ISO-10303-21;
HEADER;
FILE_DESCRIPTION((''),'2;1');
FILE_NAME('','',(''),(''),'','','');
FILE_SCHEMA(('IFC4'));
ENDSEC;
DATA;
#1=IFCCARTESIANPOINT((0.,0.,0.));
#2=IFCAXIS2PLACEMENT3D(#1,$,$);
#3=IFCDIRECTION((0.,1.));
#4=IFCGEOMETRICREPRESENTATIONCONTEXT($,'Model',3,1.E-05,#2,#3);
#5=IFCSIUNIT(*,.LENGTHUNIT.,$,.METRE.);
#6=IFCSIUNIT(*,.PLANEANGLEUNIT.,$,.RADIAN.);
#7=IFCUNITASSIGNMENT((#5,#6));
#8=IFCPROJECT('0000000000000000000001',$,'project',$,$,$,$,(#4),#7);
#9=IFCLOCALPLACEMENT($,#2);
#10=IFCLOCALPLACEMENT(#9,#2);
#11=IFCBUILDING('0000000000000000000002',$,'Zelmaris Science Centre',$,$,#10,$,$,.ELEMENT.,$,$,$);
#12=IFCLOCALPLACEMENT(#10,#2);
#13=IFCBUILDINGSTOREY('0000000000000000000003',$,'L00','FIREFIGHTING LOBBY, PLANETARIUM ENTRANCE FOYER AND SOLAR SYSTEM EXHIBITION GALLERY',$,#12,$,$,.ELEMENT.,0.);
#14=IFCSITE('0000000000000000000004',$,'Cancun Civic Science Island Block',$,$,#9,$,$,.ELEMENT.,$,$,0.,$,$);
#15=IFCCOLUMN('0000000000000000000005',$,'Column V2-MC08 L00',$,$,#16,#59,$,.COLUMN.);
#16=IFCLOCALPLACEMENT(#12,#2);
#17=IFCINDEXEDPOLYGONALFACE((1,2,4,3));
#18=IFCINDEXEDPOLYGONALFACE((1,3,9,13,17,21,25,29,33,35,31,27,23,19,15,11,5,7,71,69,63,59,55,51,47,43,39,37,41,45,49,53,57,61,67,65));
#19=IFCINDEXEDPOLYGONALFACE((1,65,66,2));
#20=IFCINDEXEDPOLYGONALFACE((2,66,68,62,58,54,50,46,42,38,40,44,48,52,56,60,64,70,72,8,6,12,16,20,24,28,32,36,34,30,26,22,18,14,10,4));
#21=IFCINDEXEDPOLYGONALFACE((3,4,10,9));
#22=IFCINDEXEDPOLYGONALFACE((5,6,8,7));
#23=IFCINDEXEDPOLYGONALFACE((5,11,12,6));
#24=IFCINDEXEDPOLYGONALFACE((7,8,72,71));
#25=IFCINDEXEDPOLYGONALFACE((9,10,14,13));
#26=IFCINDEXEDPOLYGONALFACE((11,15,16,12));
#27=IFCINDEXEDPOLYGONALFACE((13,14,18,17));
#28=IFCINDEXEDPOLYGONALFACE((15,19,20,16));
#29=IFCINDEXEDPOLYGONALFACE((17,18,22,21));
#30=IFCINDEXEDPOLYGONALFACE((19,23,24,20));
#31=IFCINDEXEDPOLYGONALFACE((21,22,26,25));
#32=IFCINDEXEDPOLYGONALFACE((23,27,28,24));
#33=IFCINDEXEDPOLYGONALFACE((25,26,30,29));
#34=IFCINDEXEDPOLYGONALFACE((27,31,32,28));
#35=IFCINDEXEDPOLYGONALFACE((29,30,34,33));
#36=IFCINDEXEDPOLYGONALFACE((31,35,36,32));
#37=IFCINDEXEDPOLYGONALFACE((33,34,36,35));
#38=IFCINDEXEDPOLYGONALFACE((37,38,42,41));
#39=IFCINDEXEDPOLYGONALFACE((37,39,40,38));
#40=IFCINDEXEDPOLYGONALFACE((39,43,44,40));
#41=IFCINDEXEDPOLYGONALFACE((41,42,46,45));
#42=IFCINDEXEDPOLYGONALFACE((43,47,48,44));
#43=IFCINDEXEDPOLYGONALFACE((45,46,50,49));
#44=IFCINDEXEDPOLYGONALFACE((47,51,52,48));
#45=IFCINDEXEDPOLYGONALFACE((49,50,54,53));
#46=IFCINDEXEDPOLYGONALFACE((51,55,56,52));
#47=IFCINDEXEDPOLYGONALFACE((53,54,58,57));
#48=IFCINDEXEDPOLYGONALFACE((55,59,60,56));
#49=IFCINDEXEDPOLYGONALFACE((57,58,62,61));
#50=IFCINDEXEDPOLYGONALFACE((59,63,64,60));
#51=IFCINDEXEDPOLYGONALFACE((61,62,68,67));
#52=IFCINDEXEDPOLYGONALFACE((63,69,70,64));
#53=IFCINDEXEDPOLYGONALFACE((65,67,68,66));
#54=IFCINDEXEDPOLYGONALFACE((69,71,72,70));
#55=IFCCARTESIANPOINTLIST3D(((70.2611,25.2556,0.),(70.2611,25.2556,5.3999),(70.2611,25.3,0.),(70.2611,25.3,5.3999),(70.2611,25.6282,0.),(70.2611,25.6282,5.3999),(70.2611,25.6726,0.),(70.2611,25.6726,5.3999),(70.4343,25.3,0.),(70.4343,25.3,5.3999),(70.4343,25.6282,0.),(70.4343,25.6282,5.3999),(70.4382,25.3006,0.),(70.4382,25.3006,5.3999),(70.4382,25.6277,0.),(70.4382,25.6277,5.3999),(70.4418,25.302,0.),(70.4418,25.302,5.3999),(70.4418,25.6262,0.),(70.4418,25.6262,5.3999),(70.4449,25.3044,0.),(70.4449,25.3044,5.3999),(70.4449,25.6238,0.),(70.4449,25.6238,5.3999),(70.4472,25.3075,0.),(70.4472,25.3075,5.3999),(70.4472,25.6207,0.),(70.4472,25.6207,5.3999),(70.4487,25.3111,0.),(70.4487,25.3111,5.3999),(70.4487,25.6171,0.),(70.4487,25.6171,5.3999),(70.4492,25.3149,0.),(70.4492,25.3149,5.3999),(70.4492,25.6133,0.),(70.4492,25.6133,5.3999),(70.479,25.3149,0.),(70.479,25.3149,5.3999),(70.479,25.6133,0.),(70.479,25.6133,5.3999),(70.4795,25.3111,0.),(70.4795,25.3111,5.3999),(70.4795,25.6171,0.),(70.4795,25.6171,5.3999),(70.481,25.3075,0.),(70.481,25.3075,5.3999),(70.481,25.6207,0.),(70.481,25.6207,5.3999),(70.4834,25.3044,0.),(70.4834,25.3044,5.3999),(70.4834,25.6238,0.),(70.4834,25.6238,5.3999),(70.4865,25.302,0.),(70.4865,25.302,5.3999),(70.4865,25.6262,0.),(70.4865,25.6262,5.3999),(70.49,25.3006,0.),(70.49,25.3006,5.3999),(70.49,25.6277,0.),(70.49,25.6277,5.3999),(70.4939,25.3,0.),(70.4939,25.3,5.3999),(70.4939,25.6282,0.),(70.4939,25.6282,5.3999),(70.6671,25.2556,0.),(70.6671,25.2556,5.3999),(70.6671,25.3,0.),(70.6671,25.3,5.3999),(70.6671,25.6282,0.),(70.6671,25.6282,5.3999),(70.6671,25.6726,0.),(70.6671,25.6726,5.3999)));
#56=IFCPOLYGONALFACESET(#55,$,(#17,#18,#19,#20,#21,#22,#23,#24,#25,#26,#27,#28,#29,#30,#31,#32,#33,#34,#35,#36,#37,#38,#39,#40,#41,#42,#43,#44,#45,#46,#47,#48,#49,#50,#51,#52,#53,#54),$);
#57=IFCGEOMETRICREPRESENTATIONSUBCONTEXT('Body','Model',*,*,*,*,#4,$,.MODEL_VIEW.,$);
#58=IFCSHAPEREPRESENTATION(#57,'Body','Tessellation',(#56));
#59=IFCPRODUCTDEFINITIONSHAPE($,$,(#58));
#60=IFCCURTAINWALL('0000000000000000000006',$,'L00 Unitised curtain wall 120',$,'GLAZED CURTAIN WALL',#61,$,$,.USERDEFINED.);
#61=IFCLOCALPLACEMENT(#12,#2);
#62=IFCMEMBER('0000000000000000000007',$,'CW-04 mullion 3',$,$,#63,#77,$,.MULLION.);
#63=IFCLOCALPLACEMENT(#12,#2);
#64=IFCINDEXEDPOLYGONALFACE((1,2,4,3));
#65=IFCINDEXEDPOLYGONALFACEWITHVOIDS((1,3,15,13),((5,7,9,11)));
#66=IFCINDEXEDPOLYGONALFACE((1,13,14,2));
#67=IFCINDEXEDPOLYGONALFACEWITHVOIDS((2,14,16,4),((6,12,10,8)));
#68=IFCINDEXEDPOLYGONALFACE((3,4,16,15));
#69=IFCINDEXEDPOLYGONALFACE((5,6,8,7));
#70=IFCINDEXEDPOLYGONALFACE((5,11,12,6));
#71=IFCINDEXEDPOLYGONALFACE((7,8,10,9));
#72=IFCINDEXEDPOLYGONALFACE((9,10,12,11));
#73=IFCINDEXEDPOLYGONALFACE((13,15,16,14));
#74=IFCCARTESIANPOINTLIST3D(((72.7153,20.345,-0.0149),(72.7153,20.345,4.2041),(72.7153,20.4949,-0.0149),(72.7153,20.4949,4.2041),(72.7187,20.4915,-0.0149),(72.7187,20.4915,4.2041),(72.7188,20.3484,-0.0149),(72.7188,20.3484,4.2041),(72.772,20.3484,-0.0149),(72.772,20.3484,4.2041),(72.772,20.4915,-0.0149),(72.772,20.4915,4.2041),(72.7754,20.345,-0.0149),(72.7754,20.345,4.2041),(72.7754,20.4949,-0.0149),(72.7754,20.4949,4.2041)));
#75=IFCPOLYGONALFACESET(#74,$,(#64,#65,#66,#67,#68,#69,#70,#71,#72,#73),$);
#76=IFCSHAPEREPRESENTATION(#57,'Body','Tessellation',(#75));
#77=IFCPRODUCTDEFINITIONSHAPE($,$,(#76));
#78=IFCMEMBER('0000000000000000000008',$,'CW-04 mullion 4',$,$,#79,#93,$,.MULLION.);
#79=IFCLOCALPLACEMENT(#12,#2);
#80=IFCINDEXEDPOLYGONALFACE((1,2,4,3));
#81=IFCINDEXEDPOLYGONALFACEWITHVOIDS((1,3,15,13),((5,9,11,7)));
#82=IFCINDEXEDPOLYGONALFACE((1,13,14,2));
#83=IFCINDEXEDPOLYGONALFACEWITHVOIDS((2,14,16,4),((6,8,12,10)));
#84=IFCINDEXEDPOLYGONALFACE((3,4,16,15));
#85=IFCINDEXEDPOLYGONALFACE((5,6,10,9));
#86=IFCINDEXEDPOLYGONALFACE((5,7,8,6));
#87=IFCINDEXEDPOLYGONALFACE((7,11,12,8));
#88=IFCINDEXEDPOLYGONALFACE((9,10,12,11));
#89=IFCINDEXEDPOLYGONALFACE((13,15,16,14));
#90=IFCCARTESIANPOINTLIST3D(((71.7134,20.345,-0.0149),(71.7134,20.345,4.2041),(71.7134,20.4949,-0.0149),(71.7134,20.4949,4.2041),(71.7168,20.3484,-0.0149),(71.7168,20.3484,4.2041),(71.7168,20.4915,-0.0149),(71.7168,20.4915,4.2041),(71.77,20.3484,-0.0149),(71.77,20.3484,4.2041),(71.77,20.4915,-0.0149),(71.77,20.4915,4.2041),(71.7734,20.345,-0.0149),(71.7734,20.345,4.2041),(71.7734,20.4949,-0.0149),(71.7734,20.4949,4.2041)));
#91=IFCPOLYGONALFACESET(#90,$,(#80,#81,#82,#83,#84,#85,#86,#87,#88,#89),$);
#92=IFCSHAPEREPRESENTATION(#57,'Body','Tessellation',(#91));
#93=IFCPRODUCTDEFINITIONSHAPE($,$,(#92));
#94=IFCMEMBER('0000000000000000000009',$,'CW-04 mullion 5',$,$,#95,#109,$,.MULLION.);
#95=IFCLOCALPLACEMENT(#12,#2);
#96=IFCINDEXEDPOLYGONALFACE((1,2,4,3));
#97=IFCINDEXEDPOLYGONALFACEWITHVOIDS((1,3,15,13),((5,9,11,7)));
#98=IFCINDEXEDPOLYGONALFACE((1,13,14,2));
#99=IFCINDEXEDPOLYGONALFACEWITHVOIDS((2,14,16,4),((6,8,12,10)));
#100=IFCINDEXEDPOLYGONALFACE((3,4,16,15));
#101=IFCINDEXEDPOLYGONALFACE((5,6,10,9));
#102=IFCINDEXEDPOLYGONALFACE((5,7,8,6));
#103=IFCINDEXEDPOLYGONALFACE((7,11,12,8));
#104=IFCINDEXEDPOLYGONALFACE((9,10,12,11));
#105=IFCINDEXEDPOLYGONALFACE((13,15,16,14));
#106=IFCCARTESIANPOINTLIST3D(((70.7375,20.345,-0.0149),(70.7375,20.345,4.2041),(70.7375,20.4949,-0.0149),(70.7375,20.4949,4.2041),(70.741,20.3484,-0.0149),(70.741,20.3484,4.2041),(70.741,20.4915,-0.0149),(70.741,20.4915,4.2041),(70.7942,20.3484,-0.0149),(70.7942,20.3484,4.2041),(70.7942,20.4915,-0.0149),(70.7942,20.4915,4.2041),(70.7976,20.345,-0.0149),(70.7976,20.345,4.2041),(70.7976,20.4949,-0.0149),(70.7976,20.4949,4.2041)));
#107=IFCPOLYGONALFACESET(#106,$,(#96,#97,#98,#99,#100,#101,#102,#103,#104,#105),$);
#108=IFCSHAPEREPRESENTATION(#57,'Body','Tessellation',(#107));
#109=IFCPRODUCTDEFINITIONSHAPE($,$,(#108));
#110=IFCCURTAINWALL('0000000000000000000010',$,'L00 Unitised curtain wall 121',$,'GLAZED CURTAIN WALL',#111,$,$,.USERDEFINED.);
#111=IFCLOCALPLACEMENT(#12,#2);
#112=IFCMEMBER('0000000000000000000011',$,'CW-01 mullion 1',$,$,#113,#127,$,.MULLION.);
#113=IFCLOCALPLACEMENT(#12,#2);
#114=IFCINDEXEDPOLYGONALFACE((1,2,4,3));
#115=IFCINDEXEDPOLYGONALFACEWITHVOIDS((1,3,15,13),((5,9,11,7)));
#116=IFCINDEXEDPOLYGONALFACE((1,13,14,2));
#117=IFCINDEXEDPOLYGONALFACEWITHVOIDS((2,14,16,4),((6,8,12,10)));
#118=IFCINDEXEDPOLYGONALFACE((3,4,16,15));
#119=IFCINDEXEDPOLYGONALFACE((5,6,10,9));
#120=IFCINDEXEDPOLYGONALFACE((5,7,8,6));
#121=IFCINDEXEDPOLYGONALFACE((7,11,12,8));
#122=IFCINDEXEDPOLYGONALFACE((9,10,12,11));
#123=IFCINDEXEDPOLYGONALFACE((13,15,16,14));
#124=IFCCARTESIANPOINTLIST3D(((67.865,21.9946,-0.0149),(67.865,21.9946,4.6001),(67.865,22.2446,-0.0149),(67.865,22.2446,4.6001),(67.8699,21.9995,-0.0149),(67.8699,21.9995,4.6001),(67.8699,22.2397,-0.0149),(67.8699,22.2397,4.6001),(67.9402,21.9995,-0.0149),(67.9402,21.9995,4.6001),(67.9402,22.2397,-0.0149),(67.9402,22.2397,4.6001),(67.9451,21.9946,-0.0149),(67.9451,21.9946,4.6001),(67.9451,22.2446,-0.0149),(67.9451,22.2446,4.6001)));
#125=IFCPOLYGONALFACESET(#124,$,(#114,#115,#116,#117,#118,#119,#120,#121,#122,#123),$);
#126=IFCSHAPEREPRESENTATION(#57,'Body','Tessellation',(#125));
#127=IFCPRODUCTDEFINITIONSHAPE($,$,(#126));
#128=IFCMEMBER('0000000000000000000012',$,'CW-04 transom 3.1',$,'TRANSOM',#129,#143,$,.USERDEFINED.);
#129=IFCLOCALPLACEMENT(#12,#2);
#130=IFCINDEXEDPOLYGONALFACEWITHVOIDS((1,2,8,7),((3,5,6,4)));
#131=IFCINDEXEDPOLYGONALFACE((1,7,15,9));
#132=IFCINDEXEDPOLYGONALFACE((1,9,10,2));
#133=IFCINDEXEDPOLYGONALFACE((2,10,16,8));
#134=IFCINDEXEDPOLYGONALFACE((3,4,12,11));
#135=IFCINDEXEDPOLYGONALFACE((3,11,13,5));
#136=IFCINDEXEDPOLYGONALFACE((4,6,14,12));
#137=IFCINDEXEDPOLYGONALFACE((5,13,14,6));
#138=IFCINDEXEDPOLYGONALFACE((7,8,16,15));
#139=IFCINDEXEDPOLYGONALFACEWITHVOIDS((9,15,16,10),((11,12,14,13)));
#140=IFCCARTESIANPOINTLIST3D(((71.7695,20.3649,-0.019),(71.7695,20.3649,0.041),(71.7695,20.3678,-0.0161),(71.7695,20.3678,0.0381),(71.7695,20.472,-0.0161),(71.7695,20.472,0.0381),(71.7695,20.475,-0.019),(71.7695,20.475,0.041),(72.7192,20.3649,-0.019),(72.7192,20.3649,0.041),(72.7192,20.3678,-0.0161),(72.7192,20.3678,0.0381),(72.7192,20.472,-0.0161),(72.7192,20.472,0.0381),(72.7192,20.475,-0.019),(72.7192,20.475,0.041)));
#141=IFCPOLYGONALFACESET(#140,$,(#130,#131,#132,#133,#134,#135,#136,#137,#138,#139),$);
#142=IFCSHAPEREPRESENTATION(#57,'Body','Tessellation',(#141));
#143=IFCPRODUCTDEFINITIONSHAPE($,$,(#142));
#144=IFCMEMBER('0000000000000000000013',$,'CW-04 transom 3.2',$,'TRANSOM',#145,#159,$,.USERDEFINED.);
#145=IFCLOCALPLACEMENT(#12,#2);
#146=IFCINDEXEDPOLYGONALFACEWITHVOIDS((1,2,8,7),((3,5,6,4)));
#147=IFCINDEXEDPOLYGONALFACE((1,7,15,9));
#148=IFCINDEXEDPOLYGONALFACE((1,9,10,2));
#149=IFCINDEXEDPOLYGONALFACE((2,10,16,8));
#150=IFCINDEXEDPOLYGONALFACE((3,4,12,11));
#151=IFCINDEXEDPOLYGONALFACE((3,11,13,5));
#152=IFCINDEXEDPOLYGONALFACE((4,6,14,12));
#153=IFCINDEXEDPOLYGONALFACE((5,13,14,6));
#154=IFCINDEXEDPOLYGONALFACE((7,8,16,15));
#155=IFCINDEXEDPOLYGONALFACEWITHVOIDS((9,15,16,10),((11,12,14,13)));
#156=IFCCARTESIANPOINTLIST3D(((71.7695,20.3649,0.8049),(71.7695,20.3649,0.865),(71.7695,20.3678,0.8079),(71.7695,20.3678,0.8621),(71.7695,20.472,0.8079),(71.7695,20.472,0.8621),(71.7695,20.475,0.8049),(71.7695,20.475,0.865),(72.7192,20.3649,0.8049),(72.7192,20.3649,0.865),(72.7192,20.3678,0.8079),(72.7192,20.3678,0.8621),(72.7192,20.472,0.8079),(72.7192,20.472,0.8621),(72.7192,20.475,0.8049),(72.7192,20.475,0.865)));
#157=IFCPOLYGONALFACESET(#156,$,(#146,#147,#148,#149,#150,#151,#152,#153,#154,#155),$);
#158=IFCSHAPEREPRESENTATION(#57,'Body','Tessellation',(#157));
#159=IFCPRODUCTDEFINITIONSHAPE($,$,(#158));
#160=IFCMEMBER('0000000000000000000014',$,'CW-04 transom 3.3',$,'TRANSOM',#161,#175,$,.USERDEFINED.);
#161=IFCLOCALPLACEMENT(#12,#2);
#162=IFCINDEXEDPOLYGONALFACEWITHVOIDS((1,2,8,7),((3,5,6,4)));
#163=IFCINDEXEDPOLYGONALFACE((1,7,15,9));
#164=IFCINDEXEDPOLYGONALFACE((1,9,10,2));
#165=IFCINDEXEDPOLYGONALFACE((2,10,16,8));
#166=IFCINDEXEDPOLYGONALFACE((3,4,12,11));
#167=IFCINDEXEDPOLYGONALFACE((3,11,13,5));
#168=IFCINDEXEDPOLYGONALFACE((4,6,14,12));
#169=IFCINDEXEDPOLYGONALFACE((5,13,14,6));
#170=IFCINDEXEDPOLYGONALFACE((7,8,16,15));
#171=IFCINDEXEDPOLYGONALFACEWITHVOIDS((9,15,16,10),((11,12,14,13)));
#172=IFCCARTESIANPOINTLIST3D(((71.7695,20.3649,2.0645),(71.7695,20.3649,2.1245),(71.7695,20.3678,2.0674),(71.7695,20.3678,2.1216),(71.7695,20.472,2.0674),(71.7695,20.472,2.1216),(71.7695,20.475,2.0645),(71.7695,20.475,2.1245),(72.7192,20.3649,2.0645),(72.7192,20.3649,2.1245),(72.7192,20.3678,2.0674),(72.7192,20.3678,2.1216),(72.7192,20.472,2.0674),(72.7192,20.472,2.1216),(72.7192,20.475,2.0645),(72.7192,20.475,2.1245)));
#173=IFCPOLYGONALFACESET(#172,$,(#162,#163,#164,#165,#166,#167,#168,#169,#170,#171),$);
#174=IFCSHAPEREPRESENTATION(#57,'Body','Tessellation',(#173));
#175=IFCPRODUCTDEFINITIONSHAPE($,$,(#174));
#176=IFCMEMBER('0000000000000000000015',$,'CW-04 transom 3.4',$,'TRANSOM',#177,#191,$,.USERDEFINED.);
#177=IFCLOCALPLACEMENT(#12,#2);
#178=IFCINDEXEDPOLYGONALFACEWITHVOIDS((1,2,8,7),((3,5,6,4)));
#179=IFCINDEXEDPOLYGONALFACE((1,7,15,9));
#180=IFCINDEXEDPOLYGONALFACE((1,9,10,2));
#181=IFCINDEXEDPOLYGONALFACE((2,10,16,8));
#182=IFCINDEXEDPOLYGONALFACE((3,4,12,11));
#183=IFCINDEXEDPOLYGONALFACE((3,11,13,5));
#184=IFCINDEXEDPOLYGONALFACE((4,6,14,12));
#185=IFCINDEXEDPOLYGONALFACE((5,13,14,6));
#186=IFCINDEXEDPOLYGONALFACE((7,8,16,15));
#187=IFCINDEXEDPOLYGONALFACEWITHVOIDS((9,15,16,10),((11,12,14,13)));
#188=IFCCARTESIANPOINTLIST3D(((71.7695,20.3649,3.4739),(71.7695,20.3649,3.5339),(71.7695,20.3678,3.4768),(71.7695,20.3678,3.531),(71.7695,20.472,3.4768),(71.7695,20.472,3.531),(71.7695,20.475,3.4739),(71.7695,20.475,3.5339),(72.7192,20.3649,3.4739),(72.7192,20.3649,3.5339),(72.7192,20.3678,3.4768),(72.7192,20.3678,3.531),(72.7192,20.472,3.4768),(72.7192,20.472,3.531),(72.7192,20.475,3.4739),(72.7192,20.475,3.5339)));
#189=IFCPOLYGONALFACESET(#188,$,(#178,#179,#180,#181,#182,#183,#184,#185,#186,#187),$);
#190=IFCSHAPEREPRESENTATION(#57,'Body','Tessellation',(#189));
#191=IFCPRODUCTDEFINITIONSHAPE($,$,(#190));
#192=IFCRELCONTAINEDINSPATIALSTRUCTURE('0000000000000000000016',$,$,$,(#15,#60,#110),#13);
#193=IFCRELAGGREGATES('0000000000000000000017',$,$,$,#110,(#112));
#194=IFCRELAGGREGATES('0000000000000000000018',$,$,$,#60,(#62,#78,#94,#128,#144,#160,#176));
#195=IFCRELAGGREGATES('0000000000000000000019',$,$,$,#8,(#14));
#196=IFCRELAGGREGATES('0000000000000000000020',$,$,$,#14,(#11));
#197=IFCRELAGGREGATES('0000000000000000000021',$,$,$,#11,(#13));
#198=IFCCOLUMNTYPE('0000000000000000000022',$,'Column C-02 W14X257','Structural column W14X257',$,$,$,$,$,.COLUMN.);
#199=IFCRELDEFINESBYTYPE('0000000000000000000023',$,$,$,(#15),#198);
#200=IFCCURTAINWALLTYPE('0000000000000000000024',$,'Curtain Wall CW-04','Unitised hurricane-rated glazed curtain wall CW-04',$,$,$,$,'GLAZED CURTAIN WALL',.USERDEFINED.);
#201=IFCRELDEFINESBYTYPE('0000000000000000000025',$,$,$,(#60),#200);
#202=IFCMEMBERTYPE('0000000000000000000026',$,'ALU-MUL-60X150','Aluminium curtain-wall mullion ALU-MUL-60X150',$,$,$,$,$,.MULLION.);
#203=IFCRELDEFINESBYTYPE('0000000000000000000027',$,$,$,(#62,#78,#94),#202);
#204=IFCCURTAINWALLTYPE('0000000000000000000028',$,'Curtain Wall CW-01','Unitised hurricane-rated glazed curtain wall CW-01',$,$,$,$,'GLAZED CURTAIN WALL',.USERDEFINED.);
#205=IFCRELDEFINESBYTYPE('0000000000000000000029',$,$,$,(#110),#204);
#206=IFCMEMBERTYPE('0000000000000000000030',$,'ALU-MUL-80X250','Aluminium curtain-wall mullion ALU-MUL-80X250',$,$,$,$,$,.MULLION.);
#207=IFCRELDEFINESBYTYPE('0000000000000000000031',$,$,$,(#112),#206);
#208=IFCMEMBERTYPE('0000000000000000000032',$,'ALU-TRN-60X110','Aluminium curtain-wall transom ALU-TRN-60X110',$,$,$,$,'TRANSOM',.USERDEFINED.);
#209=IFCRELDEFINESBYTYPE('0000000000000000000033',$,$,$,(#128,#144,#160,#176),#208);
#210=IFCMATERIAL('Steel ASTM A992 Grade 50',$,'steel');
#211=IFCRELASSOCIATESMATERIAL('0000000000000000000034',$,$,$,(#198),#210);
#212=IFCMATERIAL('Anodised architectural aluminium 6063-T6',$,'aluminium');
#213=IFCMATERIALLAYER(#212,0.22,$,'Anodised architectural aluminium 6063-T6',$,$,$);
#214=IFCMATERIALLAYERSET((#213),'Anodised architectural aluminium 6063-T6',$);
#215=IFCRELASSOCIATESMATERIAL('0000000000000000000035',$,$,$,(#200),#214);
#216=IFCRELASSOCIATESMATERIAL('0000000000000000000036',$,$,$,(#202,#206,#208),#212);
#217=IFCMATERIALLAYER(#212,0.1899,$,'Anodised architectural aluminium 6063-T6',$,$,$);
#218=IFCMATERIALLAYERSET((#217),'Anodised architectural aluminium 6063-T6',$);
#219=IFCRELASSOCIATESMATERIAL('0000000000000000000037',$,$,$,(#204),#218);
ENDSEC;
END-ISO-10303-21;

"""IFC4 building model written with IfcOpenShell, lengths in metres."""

from ifc_helpers import new_model, si_unit, direction, frame, origin, origin_2d, place, context, subcontext, project, spatial, hollow_rectangle, i_section, extrude, material, layer, layer_set, material_profile, profile_set, type_object, element, aggregate, save


model = new_model("IFC4")

# Units and contexts
model_context = context("Model", 3, precision=1e-05, world=origin(), true_north=direction((0.0, 1.0)))
body_context = subcontext(model_context, "Body", "Model", "MODEL_VIEW")
ifc_project = project(units=[si_unit("LENGTHUNIT", "METRE"), si_unit("PLANEANGLEUNIT", "RADIAN")], contexts=[model_context])

# Site, building, storey
site_placement = place(None, origin())
site = spatial("IfcSite", under=ifc_project, at=site_placement, Name="Cancun Civic Science Island Block", CompositionType="ELEMENT", RefElevation=0.0)
building_placement = place(site_placement, origin())
building = spatial("IfcBuilding", under=site, at=building_placement, Name="Zelmaris Science Centre", CompositionType="ELEMENT")
storey_placement = place(building_placement, origin())
storey = spatial("IfcBuildingStorey", under=building, at=storey_placement, Name="L00", Description="FIREFIGHTING LOBBY, PLANETARIUM ENTRANCE FOYER AND SOLAR SYSTEM EXHIBITION GALLERY", CompositionType="ELEMENT", Elevation=0.0)

# Column
ifc_material_1 = material(Name="Steel ASTM A992 Grade 50", Category="steel")
ifc_material_profile_1 = material_profile(ifc_material_1, i_section(OverallWidth=0.406, OverallDepth=0.417, WebThickness=0.0298, FlangeThickness=0.0444, FilletRadius=0.0149, at=origin_2d()), Name="W14X257")
ifc_profile_set_1 = profile_set([ifc_material_profile_1], Name="Steel ASTM A992 Grade 50")
column_type = type_object("IfcColumnType", Name="Column C-02 W14X257", Description="Structural column W14X257", PredefinedType="COLUMN", material=ifc_profile_set_1)
column_placement = place(storey_placement, frame((70.4641, 25.4641, 0.0), z_axis=(0.0, 0.0, 1.0), x_axis=(1.0, 0.0, 0.0)))
element("IfcColumn", 1, at=column_placement, inside=storey, type_object=column_type, Name="Column V2-MC08 L00", PredefinedType="COLUMN", context=body_context, shape_type="SweptSolid", body=[
    extrude(i_section(OverallWidth=0.406, OverallDepth=0.417, WebThickness=0.0298, FlangeThickness=0.0444, FilletRadius=0.0149, at=origin_2d()), origin(), (0.0, 0.0, 1.0), 5.3999),
])

# Curtain wall, members
ifc_material_2 = material(Name="Anodised architectural aluminium 6063-T6", Category="aluminium")
ifc_layer_1 = layer(ifc_material_2, 0.22, Name="Anodised architectural aluminium 6063-T6")
ifc_layer_set_1 = layer_set([ifc_layer_1], Name="Anodised architectural aluminium 6063-T6")
curtain_wall_type_1 = type_object("IfcCurtainWallType", Name="Curtain Wall CW-04", Description="Unitised hurricane-rated glazed curtain wall CW-04", ElementType="GLAZED CURTAIN WALL", PredefinedType="USERDEFINED", material=ifc_layer_set_1)
curtain_wall_1_placement = place(storey_placement, origin())
curtain_wall_1 = element("IfcCurtainWall", 2, at=curtain_wall_1_placement, inside=storey, type_object=curtain_wall_type_1, Name="L00 Unitised curtain wall 120", ObjectType="GLAZED CURTAIN WALL", PredefinedType="USERDEFINED")
ifc_material_profile_2 = material_profile(ifc_material_2, hollow_rectangle(XDim=0.0601, YDim=0.1499, WallThickness=0.0034, at=origin_2d()), Name="ALU-MUL-60X150")
ifc_profile_set_2 = profile_set([ifc_material_profile_2], Name="Anodised architectural aluminium 6063-T6")
member_type_1 = type_object("IfcMemberType", Name="ALU-MUL-60X150", Description="Aluminium curtain-wall mullion ALU-MUL-60X150", PredefinedType="MULLION", material=ifc_profile_set_2)
member_1_placement = place(storey_placement, frame((72.7454, 20.4199, -0.0149), z_axis=(0.0, 0.0, 1.0), x_axis=(-1.0, -0.000003, 0.0)))
member_1 = element("IfcMember", 3, at=member_1_placement, type_object=member_type_1, Name="CW-04 mullion 3", PredefinedType="MULLION", context=body_context, shape_type="SweptSolid", body=[
    extrude(hollow_rectangle(XDim=0.0601, YDim=0.1499, WallThickness=0.0034, at=origin_2d()), origin(), (0.0, 0.0, 1.0), 4.219),
])
member_2_placement = place(storey_placement, frame((71.7434, 20.4199, -0.0149), z_axis=(0.0, 0.0, 1.0), x_axis=(-1.0, -0.000003, 0.0)))
member_2 = element("IfcMember", 4, at=member_2_placement, type_object=member_type_1, Name="CW-04 mullion 4", PredefinedType="MULLION", context=body_context, shape_type="SweptSolid", body=[
    extrude(hollow_rectangle(XDim=0.0601, YDim=0.1499, WallThickness=0.0034, at=origin_2d()), origin(), (0.0, 0.0, 1.0), 4.219),
])
member_3_placement = place(storey_placement, frame((70.7676, 20.4199, -0.0149), z_axis=(0.0, 0.0, 1.0), x_axis=(-1.0, -0.000003, 0.0)))
member_3 = element("IfcMember", 5, at=member_3_placement, type_object=member_type_1, Name="CW-04 mullion 5", PredefinedType="MULLION", context=body_context, shape_type="SweptSolid", body=[
    extrude(hollow_rectangle(XDim=0.0601, YDim=0.1499, WallThickness=0.0034, at=origin_2d()), origin(), (0.0, 0.0, 1.0), 4.219),
])

# Curtain wall, member
ifc_layer_2 = layer(ifc_material_2, 0.1899, Name="Anodised architectural aluminium 6063-T6")
ifc_layer_set_2 = layer_set([ifc_layer_2], Name="Anodised architectural aluminium 6063-T6")
curtain_wall_type_2 = type_object("IfcCurtainWallType", Name="Curtain Wall CW-01", Description="Unitised hurricane-rated glazed curtain wall CW-01", ElementType="GLAZED CURTAIN WALL", PredefinedType="USERDEFINED", material=ifc_layer_set_2)
curtain_wall_2_placement = place(storey_placement, origin())
curtain_wall_2 = element("IfcCurtainWall", 6, at=curtain_wall_2_placement, inside=storey, type_object=curtain_wall_type_2, Name="L00 Unitised curtain wall 121", ObjectType="GLAZED CURTAIN WALL", PredefinedType="USERDEFINED")
ifc_material_profile_3 = material_profile(ifc_material_2, hollow_rectangle(XDim=0.0801, YDim=0.25, WallThickness=0.0049, at=origin_2d()), Name="ALU-MUL-80X250")
ifc_profile_set_3 = profile_set([ifc_material_profile_3], Name="Anodised architectural aluminium 6063-T6")
member_type_2 = type_object("IfcMemberType", Name="ALU-MUL-80X250", Description="Aluminium curtain-wall mullion ALU-MUL-80X250", PredefinedType="MULLION", material=ifc_profile_set_3)
member_4_placement = place(storey_placement, frame((67.905, 22.1196, -0.0149), z_axis=(0.0, 0.0, 1.0), x_axis=(-1.0, 0.000019, 0.0)))
member_4 = element("IfcMember", 7, at=member_4_placement, type_object=member_type_2, Name="CW-01 mullion 1", PredefinedType="MULLION", context=body_context, shape_type="SweptSolid", body=[
    extrude(hollow_rectangle(XDim=0.0801, YDim=0.25, WallThickness=0.0049, at=origin_2d()), origin(), (0.0, 0.0, 1.0), 4.615),
])

# Members
ifc_material_profile_4 = material_profile(ifc_material_2, hollow_rectangle(XDim=0.0601, YDim=0.1101, WallThickness=0.0029, at=origin_2d()), Name="ALU-TRN-60X110")
ifc_profile_set_4 = profile_set([ifc_material_profile_4], Name="Anodised architectural aluminium 6063-T6")
member_type_3 = type_object("IfcMemberType", Name="ALU-TRN-60X110", Description="Aluminium curtain-wall transom ALU-TRN-60X110", ElementType="TRANSOM", PredefinedType="USERDEFINED", material=ifc_profile_set_4)
member_5_placement = place(storey_placement, frame((72.7192, 20.4199, 0.011), z_axis=(-1.0, 0.0, 0.0), x_axis=(0.0, 0.0, 1.0)))
member_5 = element("IfcMember", 8, at=member_5_placement, type_object=member_type_3, Name="CW-04 transom 3.1", ObjectType="TRANSOM", PredefinedType="USERDEFINED", context=body_context, shape_type="SweptSolid", body=[
    extrude(hollow_rectangle(XDim=0.0601, YDim=0.1101, WallThickness=0.0029, at=origin_2d()), origin(), (0.0, 0.0, 1.0), 0.9497),
])
member_6_placement = place(storey_placement, frame((72.7192, 20.4199, 0.835), z_axis=(-1.0, 0.0, 0.0), x_axis=(0.0, 0.0, 1.0)))
member_6 = element("IfcMember", 9, at=member_6_placement, type_object=member_type_3, Name="CW-04 transom 3.2", ObjectType="TRANSOM", PredefinedType="USERDEFINED", context=body_context, shape_type="SweptSolid", body=[
    extrude(hollow_rectangle(XDim=0.0601, YDim=0.1101, WallThickness=0.0029, at=origin_2d()), origin(), (0.0, 0.0, 1.0), 0.9497),
])
member_7_placement = place(storey_placement, frame((72.7192, 20.4199, 2.0945), z_axis=(-1.0, 0.0, 0.0), x_axis=(0.0, 0.0, 1.0)))
member_7 = element("IfcMember", 10, at=member_7_placement, type_object=member_type_3, Name="CW-04 transom 3.3", ObjectType="TRANSOM", PredefinedType="USERDEFINED", context=body_context, shape_type="SweptSolid", body=[
    extrude(hollow_rectangle(XDim=0.0601, YDim=0.1101, WallThickness=0.0029, at=origin_2d()), origin(), (0.0, 0.0, 1.0), 0.9497),
])
member_8_placement = place(storey_placement, frame((72.7192, 20.4199, 3.5039), z_axis=(-1.0, 0.0, 0.0), x_axis=(0.0, 0.0, 1.0)))
member_8 = element("IfcMember", 11, at=member_8_placement, type_object=member_type_3, Name="CW-04 transom 3.4", ObjectType="TRANSOM", PredefinedType="USERDEFINED", context=body_context, shape_type="SweptSolid", body=[
    extrude(hollow_rectangle(XDim=0.0601, YDim=0.1101, WallThickness=0.0029, at=origin_2d()), origin(), (0.0, 0.0, 1.0), 0.9497),
])
aggregate(curtain_wall_2, [member_4])

aggregate(curtain_wall_1, [member_1, member_2, member_3, member_5, member_6, member_7, member_8])

save(model, "model.ifc")
